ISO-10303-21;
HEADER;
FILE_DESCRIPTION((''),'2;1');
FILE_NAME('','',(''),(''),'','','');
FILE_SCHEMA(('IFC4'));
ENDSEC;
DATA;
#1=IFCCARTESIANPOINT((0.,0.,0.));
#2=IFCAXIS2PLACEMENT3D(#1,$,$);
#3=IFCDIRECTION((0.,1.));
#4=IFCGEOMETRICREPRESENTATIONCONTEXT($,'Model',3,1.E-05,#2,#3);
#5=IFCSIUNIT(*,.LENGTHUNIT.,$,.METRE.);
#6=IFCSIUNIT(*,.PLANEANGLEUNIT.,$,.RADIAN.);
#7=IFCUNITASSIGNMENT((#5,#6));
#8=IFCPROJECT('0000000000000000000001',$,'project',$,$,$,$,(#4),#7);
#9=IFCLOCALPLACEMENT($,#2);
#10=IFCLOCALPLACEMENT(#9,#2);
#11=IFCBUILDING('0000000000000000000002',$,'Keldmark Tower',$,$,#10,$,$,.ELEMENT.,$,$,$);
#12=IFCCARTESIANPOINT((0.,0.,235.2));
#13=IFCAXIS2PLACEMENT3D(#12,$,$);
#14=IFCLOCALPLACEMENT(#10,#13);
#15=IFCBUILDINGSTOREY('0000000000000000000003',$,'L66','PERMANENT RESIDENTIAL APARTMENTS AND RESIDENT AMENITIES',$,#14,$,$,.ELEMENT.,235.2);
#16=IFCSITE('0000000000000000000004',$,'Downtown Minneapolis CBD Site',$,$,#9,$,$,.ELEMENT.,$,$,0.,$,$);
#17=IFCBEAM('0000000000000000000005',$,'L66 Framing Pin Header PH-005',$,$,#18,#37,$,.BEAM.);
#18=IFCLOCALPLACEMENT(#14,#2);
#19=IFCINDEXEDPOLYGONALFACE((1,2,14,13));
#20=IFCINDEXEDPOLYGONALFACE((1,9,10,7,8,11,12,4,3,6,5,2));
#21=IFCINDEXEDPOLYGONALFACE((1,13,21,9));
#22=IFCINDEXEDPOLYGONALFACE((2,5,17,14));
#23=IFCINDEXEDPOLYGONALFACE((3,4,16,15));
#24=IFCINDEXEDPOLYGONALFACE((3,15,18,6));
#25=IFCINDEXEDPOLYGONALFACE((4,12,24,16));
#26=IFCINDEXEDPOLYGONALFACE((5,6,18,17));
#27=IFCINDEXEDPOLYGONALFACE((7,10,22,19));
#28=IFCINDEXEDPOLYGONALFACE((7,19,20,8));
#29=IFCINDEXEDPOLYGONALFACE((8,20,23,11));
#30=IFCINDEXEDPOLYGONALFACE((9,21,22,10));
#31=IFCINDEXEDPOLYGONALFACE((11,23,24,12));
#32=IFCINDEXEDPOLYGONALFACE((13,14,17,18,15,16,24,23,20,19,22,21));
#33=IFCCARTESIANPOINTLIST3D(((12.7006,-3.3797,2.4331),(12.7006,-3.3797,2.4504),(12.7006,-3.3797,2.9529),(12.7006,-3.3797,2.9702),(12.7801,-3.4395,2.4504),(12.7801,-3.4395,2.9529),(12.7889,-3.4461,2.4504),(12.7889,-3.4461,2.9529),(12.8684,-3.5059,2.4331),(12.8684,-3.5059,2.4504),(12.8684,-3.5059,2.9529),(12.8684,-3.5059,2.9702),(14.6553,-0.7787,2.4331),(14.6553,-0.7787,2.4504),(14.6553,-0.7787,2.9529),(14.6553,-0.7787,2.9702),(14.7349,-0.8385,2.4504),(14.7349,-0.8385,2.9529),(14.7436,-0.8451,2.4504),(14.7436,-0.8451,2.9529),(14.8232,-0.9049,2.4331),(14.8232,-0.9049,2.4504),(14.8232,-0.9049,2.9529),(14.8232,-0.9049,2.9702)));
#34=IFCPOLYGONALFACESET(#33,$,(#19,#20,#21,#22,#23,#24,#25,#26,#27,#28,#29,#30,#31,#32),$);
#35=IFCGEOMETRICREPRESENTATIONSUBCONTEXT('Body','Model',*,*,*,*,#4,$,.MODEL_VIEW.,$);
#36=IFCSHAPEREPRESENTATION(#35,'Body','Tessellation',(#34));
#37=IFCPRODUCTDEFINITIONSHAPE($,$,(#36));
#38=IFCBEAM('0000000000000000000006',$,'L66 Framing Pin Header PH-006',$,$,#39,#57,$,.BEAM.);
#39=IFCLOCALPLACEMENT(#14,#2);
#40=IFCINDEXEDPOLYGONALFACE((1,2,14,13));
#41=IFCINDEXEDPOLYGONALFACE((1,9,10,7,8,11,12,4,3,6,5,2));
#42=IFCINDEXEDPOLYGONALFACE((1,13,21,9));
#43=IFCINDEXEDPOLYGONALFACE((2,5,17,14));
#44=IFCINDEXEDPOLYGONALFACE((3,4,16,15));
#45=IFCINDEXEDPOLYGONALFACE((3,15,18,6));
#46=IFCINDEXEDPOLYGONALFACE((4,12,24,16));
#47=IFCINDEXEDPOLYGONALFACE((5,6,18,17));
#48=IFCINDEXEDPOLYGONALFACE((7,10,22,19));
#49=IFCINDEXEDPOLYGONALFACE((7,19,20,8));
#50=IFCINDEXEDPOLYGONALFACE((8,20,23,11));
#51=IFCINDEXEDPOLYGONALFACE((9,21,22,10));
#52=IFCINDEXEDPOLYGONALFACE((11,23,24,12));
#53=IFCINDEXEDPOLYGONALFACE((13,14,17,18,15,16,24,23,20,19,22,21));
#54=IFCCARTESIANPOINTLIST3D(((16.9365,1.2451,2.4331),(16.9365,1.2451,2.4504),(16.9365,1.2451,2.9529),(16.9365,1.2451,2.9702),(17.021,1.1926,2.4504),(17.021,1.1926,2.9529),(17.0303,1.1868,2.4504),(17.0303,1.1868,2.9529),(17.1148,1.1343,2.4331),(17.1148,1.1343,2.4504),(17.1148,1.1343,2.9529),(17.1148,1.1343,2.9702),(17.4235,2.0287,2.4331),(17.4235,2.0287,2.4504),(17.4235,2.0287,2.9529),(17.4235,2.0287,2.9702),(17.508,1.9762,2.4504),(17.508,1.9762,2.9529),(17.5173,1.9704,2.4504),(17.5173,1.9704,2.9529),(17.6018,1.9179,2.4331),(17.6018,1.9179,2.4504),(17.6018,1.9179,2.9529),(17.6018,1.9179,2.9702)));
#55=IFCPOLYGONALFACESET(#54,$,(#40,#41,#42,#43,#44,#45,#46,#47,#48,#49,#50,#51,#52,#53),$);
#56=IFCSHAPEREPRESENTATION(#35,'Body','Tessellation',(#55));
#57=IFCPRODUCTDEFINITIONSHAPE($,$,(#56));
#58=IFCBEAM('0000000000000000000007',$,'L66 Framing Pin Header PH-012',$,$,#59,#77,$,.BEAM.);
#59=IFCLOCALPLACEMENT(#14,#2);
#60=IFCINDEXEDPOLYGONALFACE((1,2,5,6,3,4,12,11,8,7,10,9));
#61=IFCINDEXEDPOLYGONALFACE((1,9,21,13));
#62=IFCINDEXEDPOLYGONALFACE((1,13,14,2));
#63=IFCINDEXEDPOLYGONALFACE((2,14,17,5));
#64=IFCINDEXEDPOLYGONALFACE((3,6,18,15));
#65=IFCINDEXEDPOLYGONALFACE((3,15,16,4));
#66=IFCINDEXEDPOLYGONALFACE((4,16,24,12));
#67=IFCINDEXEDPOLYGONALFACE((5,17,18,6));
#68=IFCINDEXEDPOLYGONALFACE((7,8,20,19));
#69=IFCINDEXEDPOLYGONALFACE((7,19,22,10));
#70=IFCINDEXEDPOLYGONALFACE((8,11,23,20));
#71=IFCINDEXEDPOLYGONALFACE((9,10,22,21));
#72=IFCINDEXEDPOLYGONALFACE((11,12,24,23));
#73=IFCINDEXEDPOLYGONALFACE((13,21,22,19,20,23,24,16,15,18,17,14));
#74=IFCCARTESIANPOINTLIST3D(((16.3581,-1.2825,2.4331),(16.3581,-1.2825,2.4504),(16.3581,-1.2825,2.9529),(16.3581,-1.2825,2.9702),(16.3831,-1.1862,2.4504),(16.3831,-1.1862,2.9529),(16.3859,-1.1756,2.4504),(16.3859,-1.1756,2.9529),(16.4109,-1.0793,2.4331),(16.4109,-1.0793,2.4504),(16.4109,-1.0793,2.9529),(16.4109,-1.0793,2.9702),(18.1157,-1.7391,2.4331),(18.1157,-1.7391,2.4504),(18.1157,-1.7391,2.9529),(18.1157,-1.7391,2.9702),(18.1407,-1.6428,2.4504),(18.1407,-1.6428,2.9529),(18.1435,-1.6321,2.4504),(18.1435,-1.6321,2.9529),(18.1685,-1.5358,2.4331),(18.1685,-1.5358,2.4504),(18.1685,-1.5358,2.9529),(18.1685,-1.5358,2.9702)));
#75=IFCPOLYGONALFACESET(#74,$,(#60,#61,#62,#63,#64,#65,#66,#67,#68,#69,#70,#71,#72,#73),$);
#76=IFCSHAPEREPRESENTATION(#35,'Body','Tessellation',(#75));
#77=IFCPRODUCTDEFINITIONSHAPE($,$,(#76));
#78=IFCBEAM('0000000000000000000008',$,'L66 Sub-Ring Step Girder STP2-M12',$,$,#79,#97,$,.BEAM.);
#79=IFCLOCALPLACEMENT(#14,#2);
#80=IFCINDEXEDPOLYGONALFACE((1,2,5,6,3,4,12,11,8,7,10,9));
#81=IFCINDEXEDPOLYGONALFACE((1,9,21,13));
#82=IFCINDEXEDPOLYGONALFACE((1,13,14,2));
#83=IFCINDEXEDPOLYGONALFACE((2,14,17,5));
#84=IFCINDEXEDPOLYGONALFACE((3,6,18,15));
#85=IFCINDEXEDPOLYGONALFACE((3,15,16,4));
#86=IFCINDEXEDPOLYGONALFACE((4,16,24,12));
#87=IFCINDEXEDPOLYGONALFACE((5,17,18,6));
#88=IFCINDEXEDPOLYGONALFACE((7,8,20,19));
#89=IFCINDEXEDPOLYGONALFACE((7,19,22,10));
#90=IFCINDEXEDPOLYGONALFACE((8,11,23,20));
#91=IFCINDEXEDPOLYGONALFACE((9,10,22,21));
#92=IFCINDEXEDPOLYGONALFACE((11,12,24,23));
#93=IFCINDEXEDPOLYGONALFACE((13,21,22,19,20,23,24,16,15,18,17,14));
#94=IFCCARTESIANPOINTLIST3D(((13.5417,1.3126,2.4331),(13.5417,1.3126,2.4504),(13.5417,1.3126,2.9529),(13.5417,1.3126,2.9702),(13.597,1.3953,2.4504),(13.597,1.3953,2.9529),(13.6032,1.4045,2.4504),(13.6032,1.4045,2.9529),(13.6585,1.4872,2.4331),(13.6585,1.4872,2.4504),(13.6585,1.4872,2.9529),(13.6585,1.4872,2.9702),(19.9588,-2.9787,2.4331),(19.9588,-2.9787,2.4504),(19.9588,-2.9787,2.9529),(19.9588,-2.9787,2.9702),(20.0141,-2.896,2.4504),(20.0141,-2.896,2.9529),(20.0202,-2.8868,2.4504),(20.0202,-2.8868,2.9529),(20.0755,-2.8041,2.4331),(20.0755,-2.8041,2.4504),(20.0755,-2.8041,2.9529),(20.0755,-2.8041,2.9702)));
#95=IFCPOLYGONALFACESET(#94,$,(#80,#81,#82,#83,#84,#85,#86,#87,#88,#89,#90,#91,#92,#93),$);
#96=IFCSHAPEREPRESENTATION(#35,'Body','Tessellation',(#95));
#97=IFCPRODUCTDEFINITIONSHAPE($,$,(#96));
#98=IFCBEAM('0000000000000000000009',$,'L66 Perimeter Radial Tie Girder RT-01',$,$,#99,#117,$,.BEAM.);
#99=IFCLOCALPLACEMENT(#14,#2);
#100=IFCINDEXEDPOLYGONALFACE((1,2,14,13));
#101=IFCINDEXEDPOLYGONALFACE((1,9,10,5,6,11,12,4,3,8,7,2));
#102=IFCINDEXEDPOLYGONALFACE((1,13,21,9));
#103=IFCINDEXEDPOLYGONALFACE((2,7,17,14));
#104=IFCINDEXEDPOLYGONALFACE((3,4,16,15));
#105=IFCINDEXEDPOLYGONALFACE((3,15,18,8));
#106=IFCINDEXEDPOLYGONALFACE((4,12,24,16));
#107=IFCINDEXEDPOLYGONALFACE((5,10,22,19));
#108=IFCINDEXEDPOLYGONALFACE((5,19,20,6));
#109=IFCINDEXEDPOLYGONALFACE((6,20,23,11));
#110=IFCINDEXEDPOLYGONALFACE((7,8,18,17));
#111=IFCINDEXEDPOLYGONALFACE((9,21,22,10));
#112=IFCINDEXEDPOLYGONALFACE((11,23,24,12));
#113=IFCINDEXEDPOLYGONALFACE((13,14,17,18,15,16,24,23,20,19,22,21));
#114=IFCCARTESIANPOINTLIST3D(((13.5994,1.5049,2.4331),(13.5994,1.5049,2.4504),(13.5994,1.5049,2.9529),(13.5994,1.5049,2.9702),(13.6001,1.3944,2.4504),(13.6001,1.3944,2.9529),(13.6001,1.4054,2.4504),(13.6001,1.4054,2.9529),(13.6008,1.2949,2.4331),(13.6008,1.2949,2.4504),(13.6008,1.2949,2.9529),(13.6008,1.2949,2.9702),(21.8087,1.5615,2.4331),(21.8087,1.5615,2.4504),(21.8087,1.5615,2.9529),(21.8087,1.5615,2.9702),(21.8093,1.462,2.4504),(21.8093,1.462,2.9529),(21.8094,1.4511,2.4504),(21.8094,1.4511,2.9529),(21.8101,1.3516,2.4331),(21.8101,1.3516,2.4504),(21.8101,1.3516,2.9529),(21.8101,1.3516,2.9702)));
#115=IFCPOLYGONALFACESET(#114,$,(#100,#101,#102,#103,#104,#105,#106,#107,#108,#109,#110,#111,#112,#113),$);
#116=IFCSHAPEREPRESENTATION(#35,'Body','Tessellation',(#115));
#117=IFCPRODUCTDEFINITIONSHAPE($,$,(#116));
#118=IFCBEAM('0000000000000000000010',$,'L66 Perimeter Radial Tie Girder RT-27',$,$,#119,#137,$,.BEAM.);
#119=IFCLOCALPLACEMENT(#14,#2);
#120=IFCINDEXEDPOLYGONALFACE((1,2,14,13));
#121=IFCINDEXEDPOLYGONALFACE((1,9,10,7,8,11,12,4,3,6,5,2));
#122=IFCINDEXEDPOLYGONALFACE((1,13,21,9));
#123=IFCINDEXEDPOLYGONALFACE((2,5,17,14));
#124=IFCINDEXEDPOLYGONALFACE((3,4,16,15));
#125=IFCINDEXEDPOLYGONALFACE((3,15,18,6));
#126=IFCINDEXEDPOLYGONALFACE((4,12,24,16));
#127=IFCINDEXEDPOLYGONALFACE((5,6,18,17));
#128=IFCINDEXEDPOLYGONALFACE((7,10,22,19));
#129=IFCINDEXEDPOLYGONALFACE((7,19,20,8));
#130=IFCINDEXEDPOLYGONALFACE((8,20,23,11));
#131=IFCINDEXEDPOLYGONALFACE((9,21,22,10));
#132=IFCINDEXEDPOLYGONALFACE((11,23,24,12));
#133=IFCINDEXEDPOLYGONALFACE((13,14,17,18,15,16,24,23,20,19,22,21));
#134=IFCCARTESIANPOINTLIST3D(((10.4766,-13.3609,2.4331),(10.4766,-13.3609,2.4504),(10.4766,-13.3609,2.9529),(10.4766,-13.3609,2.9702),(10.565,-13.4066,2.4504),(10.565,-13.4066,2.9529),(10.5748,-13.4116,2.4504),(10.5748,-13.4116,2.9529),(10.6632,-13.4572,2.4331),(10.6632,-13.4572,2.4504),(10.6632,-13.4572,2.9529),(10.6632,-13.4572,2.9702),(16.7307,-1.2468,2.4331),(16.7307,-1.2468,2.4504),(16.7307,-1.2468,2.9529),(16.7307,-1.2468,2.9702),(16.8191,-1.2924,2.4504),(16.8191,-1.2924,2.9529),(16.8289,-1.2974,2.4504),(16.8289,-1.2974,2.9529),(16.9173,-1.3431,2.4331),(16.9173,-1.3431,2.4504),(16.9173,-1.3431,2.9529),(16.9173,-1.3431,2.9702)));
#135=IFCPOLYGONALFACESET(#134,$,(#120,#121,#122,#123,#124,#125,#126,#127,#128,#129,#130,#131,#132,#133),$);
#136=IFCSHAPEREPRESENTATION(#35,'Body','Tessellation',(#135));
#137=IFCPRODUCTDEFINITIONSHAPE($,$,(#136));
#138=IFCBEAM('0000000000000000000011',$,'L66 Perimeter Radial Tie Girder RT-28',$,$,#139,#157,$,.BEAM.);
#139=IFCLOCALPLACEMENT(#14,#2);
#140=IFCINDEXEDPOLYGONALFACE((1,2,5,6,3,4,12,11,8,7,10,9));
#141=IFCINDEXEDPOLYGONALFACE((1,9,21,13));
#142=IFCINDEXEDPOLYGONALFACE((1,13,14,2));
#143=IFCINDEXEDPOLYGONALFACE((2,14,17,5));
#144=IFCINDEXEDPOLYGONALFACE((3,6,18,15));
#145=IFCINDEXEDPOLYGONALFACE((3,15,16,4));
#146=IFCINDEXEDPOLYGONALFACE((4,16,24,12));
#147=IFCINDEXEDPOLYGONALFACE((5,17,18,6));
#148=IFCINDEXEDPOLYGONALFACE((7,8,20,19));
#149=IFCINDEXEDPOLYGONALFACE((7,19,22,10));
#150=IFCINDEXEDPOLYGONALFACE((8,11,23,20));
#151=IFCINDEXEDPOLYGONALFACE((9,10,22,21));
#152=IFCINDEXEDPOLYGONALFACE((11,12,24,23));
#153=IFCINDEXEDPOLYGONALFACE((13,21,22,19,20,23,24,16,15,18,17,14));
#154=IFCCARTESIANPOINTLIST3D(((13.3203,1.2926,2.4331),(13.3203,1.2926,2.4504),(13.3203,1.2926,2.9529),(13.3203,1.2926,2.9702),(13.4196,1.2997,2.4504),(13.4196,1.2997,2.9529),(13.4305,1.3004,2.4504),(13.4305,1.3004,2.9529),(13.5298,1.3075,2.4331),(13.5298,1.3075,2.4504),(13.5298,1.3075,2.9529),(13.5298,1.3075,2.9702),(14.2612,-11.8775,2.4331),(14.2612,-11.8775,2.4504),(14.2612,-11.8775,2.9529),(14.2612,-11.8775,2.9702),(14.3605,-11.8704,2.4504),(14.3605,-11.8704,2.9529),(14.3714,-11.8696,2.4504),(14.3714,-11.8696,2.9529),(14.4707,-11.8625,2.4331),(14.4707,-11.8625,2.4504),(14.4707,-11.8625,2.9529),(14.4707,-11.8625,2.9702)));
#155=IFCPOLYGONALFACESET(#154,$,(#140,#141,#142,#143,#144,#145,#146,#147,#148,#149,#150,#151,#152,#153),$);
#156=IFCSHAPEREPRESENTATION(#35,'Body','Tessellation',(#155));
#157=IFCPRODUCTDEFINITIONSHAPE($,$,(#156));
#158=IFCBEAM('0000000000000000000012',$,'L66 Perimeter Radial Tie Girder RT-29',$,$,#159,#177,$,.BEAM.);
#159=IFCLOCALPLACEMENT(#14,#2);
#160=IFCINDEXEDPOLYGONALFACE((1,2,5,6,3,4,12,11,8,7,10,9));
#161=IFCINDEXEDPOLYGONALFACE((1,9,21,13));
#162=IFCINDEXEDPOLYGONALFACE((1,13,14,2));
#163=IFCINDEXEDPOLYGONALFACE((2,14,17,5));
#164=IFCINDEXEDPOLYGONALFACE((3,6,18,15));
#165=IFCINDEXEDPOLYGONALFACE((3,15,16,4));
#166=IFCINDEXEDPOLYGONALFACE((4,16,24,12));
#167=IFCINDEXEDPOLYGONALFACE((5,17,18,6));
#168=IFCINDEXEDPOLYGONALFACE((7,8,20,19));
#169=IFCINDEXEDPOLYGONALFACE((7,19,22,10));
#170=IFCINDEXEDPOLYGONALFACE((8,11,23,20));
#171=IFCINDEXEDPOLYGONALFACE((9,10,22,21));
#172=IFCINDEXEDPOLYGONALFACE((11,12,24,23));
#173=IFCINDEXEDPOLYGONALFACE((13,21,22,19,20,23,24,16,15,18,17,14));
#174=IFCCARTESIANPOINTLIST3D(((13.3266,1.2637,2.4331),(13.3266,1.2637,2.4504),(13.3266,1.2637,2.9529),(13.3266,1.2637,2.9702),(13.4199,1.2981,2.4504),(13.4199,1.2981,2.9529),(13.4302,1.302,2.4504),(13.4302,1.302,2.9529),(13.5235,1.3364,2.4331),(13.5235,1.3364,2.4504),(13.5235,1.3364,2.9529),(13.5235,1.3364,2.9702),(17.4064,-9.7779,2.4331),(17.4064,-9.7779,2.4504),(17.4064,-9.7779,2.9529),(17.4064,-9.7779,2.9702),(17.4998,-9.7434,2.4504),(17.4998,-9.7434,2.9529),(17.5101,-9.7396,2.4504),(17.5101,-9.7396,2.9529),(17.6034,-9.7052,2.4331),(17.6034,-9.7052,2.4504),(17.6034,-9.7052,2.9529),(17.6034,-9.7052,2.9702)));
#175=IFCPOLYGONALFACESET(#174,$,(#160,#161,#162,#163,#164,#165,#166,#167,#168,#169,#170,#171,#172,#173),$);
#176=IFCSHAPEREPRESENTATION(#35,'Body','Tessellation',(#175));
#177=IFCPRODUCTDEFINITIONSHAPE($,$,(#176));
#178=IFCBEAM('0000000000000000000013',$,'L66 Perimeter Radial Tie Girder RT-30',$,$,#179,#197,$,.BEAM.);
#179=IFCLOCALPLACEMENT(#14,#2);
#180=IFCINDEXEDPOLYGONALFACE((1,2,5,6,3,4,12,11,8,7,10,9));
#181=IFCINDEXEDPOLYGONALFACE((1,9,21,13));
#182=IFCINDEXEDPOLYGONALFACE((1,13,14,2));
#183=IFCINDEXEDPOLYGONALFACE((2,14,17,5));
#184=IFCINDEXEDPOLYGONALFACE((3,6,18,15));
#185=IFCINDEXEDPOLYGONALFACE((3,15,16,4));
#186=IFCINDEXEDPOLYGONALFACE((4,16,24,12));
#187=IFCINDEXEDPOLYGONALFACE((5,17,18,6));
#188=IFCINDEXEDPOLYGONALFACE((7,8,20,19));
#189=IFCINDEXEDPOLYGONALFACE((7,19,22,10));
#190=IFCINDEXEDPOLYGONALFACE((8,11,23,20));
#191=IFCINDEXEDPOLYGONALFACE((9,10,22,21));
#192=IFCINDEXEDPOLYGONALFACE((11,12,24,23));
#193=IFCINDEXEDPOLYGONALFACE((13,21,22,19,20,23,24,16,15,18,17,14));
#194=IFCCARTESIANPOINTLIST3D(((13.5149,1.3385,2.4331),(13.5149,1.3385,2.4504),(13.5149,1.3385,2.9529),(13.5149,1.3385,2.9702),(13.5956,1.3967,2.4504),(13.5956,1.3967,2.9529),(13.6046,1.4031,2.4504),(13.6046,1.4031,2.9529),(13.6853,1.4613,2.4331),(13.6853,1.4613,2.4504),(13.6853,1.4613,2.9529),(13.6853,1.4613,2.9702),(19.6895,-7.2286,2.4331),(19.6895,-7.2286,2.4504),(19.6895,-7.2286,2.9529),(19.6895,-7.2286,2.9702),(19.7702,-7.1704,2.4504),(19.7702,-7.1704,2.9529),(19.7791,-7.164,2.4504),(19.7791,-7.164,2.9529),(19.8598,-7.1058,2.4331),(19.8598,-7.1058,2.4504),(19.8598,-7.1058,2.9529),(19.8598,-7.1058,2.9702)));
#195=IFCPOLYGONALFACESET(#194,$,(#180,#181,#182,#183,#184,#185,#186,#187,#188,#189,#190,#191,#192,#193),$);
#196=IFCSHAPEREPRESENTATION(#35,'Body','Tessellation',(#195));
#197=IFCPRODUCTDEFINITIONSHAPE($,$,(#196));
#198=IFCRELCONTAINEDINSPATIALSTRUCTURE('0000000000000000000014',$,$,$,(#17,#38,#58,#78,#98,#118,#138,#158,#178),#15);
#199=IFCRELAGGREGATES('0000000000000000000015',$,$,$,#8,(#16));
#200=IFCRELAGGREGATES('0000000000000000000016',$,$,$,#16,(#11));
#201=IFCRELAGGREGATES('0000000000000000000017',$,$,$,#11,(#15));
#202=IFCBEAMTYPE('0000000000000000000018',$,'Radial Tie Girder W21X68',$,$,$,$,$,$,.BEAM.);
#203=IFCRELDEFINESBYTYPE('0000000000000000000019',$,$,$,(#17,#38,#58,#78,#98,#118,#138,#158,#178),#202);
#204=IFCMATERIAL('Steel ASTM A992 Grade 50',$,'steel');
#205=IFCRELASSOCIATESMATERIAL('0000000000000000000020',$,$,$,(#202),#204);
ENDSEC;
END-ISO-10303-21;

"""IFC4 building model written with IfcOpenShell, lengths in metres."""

from ifc_helpers import new_model, si_unit, direction, frame, origin, origin_2d, place, context, subcontext, project, spatial, i_section, extrude, material, material_profile, profile_set, type_object, element, save


model = new_model("IFC4")

# Units and contexts
model_context = context("Model", 3, precision=1e-05, world=origin(), true_north=direction((0.0, 1.0)))
body_context = subcontext(model_context, "Body", "Model", "MODEL_VIEW")
ifc_project = project(units=[si_unit("LENGTHUNIT", "METRE"), si_unit("PLANEANGLEUNIT", "RADIAN")], contexts=[model_context])

# Site, building, storey
site_placement = place(None, origin())
site = spatial("IfcSite", under=ifc_project, at=site_placement, Name="Downtown Minneapolis CBD Site", CompositionType="ELEMENT", RefElevation=0.0)
building_placement = place(site_placement, origin())
building = spatial("IfcBuilding", under=site, at=building_placement, Name="Keldmark Tower", CompositionType="ELEMENT")
storey_placement = place(building_placement, frame((0.0, 0.0, 235.2)))
storey = spatial("IfcBuildingStorey", under=building, at=storey_placement, Name="L66", Description="PERMANENT RESIDENTIAL APARTMENTS AND RESIDENT AMENITIES", CompositionType="ELEMENT", Elevation=235.2)

# Beams
ifc_material_1 = material(Name="Steel ASTM A992 Grade 50", Category="steel")
ifc_material_profile_1 = material_profile(ifc_material_1, i_section(OverallWidth=0.21, OverallDepth=0.5371, WebThickness=0.011, FlangeThickness=0.0173, at=origin_2d()), Name="W21X68")
ifc_profile_set_1 = profile_set([ifc_material_profile_1], Name="Steel ASTM A992 Grade 50")
beam_type_1 = type_object("IfcBeamType", Name="Radial Tie Girder W21X68", PredefinedType="BEAM", material=ifc_profile_set_1)
beam_1_placement = place(storey_placement, frame((14.7393, -0.8418, 2.7017), z_axis=(-0.600792, -0.799405, 0.0), x_axis=(0.799405, -0.600792, 0.0)))
element("IfcBeam", 1, at=beam_1_placement, inside=storey, type_object=beam_type_1, Name="L66 Framing Pin Header PH-005", PredefinedType="BEAM", context=body_context, shape_type="SweptSolid", body=[
    extrude(i_section(OverallWidth=0.21, OverallDepth=0.5371, WebThickness=0.011, FlangeThickness=0.0173, at=origin_2d()), origin(), (0.0, 0.0, 1.0), 3.2537),
])
beam_2_placement = place(storey_placement, frame((17.0256, 1.1897, 2.7017), z_axis=(0.527857, 0.849333, 0.0), x_axis=(-0.849333, 0.527857, 0.0)))
element("IfcBeam", 2, at=beam_2_placement, inside=storey, type_object=beam_type_1, Name="L66 Framing Pin Header PH-006", PredefinedType="BEAM", context=body_context, shape_type="SweptSolid", body=[
    extrude(i_section(OverallWidth=0.21, OverallDepth=0.5371, WebThickness=0.011, FlangeThickness=0.0173, at=origin_2d()), origin(), (0.0, 0.0, 1.0), 0.9226),
])
beam_3_placement = place(storey_placement, frame((16.3845, -1.1809, 2.7017), z_axis=(0.967879, -0.251415, 0.0), x_axis=(0.251415, 0.967879, 0.0)))
element("IfcBeam", 3, at=beam_3_placement, inside=storey, type_object=beam_type_1, Name="L66 Framing Pin Header PH-012", PredefinedType="BEAM", context=body_context, shape_type="SweptSolid", body=[
    extrude(i_section(OverallWidth=0.21, OverallDepth=0.5371, WebThickness=0.011, FlangeThickness=0.0173, at=origin_2d()), origin(), (0.0, 0.0, 1.0), 1.8159),
])
beam_4_placement = place(storey_placement, frame((13.6001, 1.3999, 2.7017), z_axis=(0.831256, -0.555889, 0.0), x_axis=(0.555889, 0.831256, 0.0)))
element("IfcBeam", 4, at=beam_4_placement, inside=storey, type_object=beam_type_1, Name="L66 Sub-Ring Step Girder STP2-M12", PredefinedType="BEAM", context=body_context, shape_type="SweptSolid", body=[
    extrude(i_section(OverallWidth=0.21, OverallDepth=0.5371, WebThickness=0.011, FlangeThickness=0.0173, at=origin_2d()), origin(), (0.0, 0.0, 1.0), 7.7197),
])
beam_5_placement = place(storey_placement, frame((13.6001, 1.3999, 2.7017), z_axis=(0.999976, 0.006899, 0.0), x_axis=(-0.006899, 0.999976, 0.0)))
element("IfcBeam", 5, at=beam_5_placement, inside=storey, type_object=beam_type_1, Name="L66 Perimeter Radial Tie Girder RT-01", PredefinedType="BEAM", context=body_context, shape_type="SweptSolid", body=[
    extrude(i_section(OverallWidth=0.21, OverallDepth=0.5371, WebThickness=0.011, FlangeThickness=0.0173, at=origin_2d()), origin(), (0.0, 0.0, 1.0), 8.2095),
])
beam_6_placement = place(storey_placement, frame((16.824, -1.2949, 2.7017), z_axis=(-0.458737, -0.888572, 0.0), x_axis=(0.888572, -0.458737, 0.0)))
element("IfcBeam", 6, at=beam_6_placement, inside=storey, type_object=beam_type_1, Name="L66 Perimeter Radial Tie Girder RT-27", PredefinedType="BEAM", context=body_context, shape_type="SweptSolid", body=[
    extrude(i_section(OverallWidth=0.21, OverallDepth=0.5371, WebThickness=0.011, FlangeThickness=0.0173, at=origin_2d()), origin(), (0.0, 0.0, 1.0), 13.6333),
])
beam_7_placement = place(storey_placement, frame((13.425, 1.3, 2.7017), z_axis=(0.071262, -0.997458, 0.0), x_axis=(0.997458, 0.071262, 0.0)))
element("IfcBeam", 7, at=beam_7_placement, inside=storey, type_object=beam_type_1, Name="L66 Perimeter Radial Tie Girder RT-28", PredefinedType="BEAM", context=body_context, shape_type="SweptSolid", body=[
    extrude(i_section(OverallWidth=0.21, OverallDepth=0.5371, WebThickness=0.011, FlangeThickness=0.0173, at=origin_2d()), origin(), (0.0, 0.0, 1.0), 13.2036),
])
beam_8_placement = place(storey_placement, frame((13.425, 1.3, 2.7017), z_axis=(0.346596, -0.938014, 0.0), x_axis=(0.938014, 0.346596, 0.0)))
element("IfcBeam", 8, at=beam_8_placement, inside=storey, type_object=beam_type_1, Name="L66 Perimeter Radial Tie Girder RT-29", PredefinedType="BEAM", context=body_context, shape_type="SweptSolid", body=[
    extrude(i_section(OverallWidth=0.21, OverallDepth=0.5371, WebThickness=0.011, FlangeThickness=0.0173, at=origin_2d()), origin(), (0.0, 0.0, 1.0), 11.7712),
])
beam_9_placement = place(storey_placement, frame((13.6001, 1.3999, 2.7017), z_axis=(0.584693, -0.811255, 0.0), x_axis=(0.811255, 0.584693, 0.0)))
element("IfcBeam", 9, at=beam_9_placement, inside=storey, type_object=beam_type_1, Name="L66 Perimeter Radial Tie Girder RT-30", PredefinedType="BEAM", context=body_context, shape_type="SweptSolid", body=[
    extrude(i_section(OverallWidth=0.21, OverallDepth=0.5371, WebThickness=0.011, FlangeThickness=0.0173, at=origin_2d()), origin(), (0.0, 0.0, 1.0), 10.5603),
])

save(model, "model.ifc")
